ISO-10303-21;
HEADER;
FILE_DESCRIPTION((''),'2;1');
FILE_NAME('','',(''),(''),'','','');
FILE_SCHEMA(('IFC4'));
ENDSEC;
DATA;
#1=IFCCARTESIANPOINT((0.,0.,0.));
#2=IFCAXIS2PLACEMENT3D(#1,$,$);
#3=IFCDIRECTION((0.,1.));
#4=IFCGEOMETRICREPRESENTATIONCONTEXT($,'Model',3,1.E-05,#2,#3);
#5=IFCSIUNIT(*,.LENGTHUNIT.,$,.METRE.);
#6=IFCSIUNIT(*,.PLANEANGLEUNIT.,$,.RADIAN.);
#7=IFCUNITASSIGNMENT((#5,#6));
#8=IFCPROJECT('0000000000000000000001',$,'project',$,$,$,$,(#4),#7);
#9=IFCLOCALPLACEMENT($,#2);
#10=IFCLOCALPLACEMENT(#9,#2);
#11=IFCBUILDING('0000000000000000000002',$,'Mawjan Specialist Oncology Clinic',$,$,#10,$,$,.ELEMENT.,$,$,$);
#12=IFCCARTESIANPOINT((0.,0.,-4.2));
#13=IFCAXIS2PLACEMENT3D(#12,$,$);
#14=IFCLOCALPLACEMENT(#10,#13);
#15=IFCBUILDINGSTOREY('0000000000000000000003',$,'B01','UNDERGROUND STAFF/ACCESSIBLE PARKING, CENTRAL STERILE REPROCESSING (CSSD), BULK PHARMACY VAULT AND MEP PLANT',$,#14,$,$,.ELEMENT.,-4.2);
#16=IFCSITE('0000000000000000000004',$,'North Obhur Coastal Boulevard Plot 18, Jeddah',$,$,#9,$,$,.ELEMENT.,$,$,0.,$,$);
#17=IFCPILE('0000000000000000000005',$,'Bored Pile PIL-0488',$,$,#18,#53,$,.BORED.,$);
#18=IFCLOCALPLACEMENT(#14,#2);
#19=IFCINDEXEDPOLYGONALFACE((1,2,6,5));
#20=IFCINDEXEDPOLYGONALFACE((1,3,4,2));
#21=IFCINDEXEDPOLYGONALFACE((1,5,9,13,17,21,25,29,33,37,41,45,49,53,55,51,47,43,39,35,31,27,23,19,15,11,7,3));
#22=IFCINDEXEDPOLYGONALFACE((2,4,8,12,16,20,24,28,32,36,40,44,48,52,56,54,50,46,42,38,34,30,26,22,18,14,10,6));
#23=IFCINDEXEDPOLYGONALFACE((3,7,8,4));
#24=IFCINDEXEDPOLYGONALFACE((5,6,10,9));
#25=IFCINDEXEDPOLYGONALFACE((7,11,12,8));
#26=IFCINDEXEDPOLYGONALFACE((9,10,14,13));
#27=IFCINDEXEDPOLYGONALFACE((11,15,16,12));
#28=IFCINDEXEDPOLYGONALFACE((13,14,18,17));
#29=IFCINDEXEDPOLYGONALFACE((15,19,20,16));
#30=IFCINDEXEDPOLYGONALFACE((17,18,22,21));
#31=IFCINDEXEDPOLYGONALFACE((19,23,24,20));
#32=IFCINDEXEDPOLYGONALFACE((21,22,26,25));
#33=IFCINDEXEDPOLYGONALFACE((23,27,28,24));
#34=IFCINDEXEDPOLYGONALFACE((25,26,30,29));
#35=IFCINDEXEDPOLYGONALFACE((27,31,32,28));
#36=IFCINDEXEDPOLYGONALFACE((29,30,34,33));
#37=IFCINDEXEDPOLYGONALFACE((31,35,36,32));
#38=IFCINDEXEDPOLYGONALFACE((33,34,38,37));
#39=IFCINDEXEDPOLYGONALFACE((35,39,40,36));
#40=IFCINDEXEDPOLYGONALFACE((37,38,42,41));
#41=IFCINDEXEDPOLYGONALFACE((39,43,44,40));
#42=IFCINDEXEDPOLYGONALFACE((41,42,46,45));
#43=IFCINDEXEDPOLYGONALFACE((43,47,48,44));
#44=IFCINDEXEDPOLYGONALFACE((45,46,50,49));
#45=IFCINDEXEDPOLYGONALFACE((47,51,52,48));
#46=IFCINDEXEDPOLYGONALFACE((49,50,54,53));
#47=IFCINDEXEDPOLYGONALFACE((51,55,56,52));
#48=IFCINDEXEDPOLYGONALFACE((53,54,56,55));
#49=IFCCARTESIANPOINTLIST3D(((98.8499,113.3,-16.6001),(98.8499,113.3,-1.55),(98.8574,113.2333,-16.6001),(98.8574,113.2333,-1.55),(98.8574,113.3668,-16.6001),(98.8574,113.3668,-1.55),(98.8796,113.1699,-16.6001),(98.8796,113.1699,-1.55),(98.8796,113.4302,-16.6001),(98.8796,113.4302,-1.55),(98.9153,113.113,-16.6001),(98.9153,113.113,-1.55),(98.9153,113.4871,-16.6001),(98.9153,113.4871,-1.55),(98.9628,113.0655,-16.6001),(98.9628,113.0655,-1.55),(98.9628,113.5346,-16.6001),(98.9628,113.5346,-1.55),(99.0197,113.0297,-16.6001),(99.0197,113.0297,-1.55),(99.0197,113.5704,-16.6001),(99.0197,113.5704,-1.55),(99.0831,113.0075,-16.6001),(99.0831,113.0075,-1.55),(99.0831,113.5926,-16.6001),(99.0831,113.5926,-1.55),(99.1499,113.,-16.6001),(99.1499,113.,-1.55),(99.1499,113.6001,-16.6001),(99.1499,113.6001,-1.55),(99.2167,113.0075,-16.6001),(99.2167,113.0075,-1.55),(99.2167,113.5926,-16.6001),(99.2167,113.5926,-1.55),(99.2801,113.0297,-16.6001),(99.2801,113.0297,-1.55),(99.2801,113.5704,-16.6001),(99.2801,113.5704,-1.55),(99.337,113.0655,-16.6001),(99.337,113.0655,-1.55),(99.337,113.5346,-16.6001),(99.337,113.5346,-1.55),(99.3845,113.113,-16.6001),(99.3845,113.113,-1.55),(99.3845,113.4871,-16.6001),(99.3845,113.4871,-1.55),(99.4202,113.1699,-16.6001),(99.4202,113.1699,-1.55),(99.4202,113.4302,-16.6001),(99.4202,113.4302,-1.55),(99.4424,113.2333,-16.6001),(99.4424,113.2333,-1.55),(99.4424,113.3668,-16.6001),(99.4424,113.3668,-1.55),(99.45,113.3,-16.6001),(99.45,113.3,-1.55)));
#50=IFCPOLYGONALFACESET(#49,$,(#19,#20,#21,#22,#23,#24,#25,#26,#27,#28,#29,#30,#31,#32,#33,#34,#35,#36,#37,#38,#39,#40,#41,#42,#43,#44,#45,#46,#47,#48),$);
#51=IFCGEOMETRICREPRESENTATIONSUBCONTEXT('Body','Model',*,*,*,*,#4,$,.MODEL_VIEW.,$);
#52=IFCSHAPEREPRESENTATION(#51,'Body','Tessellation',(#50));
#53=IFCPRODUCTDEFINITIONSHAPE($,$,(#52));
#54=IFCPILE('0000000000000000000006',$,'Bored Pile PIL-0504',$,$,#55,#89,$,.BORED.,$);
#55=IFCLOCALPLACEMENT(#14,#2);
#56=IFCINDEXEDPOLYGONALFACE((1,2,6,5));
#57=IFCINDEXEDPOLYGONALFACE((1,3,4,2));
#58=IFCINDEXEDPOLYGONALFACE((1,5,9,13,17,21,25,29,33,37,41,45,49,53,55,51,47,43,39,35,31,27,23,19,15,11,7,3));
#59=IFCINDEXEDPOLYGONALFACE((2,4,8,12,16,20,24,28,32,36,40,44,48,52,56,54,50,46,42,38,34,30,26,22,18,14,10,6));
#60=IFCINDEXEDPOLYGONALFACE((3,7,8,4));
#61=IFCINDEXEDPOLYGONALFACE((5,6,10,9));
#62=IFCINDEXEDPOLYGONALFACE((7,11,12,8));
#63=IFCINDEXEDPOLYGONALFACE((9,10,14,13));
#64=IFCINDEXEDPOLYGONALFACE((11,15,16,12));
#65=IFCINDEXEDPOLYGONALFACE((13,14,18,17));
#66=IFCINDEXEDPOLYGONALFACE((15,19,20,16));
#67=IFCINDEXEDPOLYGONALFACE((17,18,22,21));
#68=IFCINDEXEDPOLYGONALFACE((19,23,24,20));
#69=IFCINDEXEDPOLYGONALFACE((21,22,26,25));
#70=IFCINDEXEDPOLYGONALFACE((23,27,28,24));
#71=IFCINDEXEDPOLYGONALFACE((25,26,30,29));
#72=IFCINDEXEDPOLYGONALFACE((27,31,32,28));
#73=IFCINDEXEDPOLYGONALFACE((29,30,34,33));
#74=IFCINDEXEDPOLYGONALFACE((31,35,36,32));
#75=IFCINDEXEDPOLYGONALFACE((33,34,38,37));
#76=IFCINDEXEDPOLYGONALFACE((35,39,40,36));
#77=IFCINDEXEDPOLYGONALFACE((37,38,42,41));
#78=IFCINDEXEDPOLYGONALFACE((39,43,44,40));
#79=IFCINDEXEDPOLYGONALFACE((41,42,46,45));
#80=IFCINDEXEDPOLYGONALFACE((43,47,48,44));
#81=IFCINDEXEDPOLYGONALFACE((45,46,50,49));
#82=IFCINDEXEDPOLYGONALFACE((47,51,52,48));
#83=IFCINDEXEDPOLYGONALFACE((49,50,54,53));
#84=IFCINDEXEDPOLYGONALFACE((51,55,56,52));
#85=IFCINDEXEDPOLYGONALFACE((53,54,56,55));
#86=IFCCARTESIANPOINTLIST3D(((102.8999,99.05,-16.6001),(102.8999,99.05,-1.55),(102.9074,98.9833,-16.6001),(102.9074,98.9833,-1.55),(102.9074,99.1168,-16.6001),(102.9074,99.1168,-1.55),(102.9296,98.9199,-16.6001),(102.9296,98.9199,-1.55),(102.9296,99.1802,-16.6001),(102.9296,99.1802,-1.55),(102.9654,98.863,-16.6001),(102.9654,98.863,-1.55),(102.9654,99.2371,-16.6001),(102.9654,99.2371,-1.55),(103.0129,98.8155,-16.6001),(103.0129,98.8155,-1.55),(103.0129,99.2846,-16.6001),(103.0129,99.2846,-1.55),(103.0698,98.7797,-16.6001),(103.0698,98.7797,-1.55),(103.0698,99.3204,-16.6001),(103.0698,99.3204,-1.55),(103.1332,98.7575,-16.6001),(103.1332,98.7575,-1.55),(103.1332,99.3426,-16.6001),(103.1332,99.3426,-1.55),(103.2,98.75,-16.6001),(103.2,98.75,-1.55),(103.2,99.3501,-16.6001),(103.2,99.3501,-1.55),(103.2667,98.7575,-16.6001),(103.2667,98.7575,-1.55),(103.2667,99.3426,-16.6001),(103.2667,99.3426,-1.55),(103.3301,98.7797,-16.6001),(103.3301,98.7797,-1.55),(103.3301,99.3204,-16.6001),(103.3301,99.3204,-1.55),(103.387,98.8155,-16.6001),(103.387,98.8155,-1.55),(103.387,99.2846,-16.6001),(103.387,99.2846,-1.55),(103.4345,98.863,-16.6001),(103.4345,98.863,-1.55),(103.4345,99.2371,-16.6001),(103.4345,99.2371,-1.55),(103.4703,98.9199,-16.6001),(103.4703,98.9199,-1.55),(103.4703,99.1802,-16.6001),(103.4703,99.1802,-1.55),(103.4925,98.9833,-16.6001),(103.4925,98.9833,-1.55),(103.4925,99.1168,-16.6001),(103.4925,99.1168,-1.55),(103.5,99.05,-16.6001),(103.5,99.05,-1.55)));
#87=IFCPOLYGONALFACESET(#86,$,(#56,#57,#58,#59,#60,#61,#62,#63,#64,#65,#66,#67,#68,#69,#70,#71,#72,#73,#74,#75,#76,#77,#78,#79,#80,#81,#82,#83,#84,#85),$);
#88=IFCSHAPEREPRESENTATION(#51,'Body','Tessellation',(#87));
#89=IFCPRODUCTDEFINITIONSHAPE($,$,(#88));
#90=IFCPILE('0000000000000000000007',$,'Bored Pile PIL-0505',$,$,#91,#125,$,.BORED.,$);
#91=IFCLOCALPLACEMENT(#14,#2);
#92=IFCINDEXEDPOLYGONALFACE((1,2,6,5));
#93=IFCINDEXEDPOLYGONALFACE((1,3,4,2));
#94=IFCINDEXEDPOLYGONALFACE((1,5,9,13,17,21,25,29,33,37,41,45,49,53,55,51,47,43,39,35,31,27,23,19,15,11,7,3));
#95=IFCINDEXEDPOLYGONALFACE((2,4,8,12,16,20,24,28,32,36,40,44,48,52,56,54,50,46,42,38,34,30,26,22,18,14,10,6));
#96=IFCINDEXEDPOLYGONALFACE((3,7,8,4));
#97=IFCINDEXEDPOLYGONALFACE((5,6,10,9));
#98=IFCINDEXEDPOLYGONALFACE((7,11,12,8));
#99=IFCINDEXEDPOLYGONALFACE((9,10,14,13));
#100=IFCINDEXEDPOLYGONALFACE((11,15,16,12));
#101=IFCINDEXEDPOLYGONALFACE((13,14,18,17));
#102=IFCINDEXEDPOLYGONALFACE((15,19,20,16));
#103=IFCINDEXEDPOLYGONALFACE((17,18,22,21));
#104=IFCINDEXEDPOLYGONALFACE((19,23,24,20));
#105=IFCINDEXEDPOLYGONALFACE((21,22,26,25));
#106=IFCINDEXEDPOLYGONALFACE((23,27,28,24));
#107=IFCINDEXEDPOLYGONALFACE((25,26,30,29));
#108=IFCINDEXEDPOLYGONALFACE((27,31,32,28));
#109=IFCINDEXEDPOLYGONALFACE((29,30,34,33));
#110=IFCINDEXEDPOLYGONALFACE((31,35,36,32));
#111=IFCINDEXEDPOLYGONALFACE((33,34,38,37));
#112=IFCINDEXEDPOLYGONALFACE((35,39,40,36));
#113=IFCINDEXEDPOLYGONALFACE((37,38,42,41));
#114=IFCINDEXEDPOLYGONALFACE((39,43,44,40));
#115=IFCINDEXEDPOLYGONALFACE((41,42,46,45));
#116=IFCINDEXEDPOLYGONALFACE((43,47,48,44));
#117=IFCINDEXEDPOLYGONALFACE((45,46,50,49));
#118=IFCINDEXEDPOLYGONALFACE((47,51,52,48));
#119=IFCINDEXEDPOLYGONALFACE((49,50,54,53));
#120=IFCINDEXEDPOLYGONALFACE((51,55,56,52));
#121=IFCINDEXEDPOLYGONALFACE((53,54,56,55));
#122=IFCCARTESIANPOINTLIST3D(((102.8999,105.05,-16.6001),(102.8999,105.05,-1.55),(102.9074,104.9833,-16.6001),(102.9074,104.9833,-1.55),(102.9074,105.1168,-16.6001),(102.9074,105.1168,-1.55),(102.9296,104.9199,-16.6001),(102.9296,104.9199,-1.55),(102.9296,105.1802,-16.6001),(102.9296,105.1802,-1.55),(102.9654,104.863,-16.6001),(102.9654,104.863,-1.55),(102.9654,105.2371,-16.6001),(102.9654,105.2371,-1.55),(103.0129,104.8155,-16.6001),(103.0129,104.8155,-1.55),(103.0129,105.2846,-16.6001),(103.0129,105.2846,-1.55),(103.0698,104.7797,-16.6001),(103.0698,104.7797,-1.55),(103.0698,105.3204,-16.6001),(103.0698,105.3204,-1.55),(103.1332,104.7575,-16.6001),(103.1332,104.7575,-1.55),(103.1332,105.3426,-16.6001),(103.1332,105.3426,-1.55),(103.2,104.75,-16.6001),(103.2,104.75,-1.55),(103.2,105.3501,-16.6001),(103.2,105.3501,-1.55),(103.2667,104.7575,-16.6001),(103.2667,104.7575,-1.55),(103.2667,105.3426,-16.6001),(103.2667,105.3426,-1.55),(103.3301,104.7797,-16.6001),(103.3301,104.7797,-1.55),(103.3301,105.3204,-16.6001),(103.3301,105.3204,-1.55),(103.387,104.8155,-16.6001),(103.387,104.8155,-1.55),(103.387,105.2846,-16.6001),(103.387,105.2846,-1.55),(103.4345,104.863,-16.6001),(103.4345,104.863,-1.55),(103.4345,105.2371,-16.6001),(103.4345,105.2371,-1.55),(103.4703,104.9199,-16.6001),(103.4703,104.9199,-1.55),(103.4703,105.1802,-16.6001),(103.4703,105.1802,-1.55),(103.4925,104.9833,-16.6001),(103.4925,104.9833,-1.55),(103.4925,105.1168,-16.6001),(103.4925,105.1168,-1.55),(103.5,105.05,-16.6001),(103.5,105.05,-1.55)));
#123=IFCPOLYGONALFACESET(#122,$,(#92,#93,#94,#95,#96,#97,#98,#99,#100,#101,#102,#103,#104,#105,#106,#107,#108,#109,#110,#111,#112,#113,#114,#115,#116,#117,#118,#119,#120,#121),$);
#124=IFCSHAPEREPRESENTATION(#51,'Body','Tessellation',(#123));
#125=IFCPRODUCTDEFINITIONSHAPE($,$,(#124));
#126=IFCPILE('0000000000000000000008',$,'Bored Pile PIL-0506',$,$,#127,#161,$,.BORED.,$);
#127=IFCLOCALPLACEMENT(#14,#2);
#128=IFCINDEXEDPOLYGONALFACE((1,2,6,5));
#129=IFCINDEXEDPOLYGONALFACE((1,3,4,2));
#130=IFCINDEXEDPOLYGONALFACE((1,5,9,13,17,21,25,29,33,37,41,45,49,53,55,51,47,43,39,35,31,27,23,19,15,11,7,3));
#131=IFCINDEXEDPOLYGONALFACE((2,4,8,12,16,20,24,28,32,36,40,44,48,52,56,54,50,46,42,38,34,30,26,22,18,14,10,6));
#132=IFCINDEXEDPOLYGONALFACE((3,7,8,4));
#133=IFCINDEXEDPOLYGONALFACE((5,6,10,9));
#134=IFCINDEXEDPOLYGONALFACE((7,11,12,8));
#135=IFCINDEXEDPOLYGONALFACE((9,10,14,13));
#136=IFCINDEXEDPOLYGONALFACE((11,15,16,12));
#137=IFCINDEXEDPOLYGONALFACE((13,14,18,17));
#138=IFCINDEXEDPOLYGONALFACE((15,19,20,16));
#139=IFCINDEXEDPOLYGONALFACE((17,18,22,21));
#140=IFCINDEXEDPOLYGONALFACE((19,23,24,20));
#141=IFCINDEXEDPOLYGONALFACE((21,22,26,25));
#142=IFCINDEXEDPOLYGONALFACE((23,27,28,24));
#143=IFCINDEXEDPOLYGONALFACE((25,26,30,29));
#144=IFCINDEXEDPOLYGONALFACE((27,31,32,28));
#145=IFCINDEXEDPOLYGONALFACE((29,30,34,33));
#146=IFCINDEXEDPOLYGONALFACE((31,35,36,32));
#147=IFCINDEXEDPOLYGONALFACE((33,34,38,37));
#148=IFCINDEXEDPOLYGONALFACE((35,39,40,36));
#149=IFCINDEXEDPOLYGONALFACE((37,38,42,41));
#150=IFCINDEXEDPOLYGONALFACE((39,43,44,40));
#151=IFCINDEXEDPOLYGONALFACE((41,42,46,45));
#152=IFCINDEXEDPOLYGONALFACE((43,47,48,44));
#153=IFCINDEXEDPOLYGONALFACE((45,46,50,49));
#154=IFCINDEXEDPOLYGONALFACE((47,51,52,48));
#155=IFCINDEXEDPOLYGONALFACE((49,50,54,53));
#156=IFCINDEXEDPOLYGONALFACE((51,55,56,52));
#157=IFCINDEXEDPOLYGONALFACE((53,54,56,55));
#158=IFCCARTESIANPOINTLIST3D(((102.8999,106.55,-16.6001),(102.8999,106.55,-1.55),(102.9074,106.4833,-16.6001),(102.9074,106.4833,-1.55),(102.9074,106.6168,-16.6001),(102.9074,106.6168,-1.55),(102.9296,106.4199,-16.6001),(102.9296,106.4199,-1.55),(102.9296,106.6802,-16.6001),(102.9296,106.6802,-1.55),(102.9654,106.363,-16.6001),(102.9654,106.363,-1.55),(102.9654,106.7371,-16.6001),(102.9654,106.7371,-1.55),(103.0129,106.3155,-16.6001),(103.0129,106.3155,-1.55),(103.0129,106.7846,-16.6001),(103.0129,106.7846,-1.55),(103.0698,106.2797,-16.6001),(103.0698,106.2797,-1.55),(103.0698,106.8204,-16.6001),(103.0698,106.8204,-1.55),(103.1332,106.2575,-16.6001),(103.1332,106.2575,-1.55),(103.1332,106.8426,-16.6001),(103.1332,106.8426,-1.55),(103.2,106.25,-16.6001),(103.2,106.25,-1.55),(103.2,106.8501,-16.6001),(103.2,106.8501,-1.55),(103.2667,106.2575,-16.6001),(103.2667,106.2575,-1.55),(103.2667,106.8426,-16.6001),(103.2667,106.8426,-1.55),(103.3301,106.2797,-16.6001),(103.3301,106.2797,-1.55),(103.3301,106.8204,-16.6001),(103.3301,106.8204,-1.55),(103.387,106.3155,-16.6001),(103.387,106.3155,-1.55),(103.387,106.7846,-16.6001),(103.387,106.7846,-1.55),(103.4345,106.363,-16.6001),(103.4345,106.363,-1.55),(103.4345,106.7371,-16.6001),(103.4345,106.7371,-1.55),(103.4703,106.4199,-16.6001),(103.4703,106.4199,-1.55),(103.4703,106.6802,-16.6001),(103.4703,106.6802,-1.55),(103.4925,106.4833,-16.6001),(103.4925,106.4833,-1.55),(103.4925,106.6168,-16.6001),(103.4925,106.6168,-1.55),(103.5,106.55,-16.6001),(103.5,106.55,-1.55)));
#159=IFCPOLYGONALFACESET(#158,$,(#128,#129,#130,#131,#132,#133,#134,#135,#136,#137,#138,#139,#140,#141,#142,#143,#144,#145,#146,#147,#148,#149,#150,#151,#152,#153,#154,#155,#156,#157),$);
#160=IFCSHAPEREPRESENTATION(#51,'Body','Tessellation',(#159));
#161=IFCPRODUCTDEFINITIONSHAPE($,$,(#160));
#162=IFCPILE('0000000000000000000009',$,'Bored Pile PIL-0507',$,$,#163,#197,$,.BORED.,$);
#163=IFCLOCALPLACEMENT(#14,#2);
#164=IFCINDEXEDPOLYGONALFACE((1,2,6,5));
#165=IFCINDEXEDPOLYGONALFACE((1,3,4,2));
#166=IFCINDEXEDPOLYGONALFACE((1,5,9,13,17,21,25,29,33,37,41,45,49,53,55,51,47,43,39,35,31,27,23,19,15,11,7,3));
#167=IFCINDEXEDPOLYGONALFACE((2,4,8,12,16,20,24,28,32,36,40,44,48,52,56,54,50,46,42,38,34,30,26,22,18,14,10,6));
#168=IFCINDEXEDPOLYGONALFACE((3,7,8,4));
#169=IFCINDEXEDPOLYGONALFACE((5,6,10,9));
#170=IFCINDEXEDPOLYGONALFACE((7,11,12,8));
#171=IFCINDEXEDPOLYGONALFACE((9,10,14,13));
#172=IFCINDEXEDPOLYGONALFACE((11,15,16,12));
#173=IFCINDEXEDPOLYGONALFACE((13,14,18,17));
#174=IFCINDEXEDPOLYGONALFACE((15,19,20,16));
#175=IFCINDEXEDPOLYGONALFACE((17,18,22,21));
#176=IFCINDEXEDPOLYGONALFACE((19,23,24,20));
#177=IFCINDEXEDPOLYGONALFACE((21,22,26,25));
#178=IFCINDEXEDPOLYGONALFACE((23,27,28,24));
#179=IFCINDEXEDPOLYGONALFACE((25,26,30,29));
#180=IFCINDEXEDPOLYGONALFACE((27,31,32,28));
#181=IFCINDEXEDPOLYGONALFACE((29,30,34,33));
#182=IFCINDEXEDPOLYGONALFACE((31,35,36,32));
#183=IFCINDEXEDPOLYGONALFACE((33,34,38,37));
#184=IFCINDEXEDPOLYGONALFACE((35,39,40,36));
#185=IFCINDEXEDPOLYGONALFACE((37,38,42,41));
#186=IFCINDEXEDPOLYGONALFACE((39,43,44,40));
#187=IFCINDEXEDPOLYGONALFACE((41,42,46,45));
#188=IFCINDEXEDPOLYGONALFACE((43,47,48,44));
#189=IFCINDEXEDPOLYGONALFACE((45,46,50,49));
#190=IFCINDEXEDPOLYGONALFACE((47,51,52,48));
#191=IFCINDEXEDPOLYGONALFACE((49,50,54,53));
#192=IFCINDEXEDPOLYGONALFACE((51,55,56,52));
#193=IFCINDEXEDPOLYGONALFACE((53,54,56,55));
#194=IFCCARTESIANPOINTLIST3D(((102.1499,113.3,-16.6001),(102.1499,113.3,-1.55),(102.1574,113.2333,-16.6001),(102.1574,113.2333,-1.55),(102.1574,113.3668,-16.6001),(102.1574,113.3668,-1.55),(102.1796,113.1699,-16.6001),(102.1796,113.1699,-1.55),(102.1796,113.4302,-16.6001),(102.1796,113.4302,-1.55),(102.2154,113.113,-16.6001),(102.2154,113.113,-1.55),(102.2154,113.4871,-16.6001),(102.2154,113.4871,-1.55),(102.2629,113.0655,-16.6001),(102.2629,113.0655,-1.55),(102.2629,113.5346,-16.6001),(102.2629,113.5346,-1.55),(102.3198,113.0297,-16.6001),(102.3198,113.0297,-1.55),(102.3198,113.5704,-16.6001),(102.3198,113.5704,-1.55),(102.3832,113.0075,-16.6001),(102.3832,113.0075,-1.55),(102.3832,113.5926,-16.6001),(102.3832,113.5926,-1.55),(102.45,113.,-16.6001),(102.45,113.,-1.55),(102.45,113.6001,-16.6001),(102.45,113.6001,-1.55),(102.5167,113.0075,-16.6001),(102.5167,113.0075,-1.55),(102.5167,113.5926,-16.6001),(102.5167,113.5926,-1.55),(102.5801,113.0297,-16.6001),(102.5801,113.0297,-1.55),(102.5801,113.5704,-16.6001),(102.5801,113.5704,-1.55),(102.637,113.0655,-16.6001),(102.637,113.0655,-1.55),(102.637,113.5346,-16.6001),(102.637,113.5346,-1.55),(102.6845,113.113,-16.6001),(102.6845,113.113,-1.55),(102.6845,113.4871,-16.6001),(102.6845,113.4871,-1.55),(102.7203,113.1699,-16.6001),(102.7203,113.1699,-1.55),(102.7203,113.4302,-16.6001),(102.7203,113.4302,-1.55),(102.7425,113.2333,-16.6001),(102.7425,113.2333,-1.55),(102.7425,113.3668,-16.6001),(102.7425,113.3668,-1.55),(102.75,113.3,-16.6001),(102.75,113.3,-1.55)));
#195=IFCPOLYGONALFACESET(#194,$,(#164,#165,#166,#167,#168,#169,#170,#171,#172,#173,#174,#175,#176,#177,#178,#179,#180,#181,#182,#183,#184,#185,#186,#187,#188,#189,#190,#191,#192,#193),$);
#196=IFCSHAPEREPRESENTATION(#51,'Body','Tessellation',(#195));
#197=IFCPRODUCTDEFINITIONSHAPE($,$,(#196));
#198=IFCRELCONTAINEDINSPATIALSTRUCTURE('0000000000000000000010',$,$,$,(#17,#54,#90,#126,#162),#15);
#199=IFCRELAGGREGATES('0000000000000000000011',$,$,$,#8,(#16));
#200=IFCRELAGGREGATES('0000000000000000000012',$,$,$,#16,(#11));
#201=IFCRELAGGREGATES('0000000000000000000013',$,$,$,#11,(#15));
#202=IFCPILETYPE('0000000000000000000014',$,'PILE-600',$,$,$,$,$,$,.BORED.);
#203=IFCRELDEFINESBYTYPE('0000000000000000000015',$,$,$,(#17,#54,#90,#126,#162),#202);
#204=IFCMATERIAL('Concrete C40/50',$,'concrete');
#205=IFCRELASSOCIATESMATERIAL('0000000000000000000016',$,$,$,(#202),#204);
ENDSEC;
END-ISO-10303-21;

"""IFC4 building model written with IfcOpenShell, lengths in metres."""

from ifc_helpers import new_model, si_unit, direction, frame, origin, origin_2d, place, context, subcontext, project, spatial, circle, extrude, material, material_profile, profile_set, type_object, element, save


model = new_model("IFC4")

# Units and contexts
model_context = context("Model", 3, precision=1e-05, world=origin(), true_north=direction((0.0, 1.0)))
body_context = subcontext(model_context, "Body", "Model", "MODEL_VIEW")
ifc_project = project(units=[si_unit("LENGTHUNIT", "METRE"), si_unit("PLANEANGLEUNIT", "RADIAN")], contexts=[model_context])

# Site, building, storey
site_placement = place(None, origin())
site = spatial("IfcSite", under=ifc_project, at=site_placement, Name="North Obhur Coastal Boulevard Plot 18, Jeddah", CompositionType="ELEMENT", RefElevation=0.0)
building_placement = place(site_placement, origin())
building = spatial("IfcBuilding", under=site, at=building_placement, Name="Mawjan Specialist Oncology Clinic", CompositionType="ELEMENT")
storey_placement = place(building_placement, frame((0.0, 0.0, -4.2)))
storey = spatial("IfcBuildingStorey", under=building, at=storey_placement, Name="B01", Description="UNDERGROUND STAFF/ACCESSIBLE PARKING, CENTRAL STERILE REPROCESSING (CSSD), BULK PHARMACY VAULT AND MEP PLANT", CompositionType="ELEMENT", Elevation=-4.2)

# Piles
ifc_material_1 = material(Name="Concrete C40/50", Category="concrete")
ifc_material_profile_1 = material_profile(ifc_material_1, circle(Radius=0.3, at=origin_2d()), Name="BORED PILE D600", Category="concrete")
ifc_profile_set_1 = profile_set([ifc_material_profile_1], Name="Concrete C40/50")
pile_type = type_object("IfcPileType", Name="PILE-600", PredefinedType="BORED", material=ifc_profile_set_1)
for number, where, z_axis, x_axis, name in (
    (1, (99.1499, 113.3, -1.55), (0.0, 0.0, -1.0), (1.0, 0.0, 0.0), "Bored Pile PIL-0488"),
    (2, (103.2, 99.05, -1.55), (0.0, 0.0, -1.0), (1.0, 0.0, 0.0), "Bored Pile PIL-0504"),
    (3, (103.2, 105.05, -1.55), (0.0, 0.0, -1.0), (1.0, 0.0, 0.0), "Bored Pile PIL-0505"),
    (4, (103.2, 106.55, -1.55), (0.0, 0.0, -1.0), (1.0, 0.0, 0.0), "Bored Pile PIL-0506"),
    (5, (102.45, 113.3, -1.55), (0.0, 0.0, -1.0), (1.0, 0.0, 0.0), "Bored Pile PIL-0507"),
):
    element("IfcPile", number, at=place(storey_placement, frame(where, z_axis=z_axis, x_axis=x_axis)), inside=storey, type_object=pile_type, Name=name, PredefinedType="BORED", context=body_context, shape_type="SweptSolid", body=[
        extrude(circle(Radius=0.3, at=origin_2d()), origin(), (0.0, 0.0, 1.0), 15.05),
    ])

save(model, "model.ifc")
